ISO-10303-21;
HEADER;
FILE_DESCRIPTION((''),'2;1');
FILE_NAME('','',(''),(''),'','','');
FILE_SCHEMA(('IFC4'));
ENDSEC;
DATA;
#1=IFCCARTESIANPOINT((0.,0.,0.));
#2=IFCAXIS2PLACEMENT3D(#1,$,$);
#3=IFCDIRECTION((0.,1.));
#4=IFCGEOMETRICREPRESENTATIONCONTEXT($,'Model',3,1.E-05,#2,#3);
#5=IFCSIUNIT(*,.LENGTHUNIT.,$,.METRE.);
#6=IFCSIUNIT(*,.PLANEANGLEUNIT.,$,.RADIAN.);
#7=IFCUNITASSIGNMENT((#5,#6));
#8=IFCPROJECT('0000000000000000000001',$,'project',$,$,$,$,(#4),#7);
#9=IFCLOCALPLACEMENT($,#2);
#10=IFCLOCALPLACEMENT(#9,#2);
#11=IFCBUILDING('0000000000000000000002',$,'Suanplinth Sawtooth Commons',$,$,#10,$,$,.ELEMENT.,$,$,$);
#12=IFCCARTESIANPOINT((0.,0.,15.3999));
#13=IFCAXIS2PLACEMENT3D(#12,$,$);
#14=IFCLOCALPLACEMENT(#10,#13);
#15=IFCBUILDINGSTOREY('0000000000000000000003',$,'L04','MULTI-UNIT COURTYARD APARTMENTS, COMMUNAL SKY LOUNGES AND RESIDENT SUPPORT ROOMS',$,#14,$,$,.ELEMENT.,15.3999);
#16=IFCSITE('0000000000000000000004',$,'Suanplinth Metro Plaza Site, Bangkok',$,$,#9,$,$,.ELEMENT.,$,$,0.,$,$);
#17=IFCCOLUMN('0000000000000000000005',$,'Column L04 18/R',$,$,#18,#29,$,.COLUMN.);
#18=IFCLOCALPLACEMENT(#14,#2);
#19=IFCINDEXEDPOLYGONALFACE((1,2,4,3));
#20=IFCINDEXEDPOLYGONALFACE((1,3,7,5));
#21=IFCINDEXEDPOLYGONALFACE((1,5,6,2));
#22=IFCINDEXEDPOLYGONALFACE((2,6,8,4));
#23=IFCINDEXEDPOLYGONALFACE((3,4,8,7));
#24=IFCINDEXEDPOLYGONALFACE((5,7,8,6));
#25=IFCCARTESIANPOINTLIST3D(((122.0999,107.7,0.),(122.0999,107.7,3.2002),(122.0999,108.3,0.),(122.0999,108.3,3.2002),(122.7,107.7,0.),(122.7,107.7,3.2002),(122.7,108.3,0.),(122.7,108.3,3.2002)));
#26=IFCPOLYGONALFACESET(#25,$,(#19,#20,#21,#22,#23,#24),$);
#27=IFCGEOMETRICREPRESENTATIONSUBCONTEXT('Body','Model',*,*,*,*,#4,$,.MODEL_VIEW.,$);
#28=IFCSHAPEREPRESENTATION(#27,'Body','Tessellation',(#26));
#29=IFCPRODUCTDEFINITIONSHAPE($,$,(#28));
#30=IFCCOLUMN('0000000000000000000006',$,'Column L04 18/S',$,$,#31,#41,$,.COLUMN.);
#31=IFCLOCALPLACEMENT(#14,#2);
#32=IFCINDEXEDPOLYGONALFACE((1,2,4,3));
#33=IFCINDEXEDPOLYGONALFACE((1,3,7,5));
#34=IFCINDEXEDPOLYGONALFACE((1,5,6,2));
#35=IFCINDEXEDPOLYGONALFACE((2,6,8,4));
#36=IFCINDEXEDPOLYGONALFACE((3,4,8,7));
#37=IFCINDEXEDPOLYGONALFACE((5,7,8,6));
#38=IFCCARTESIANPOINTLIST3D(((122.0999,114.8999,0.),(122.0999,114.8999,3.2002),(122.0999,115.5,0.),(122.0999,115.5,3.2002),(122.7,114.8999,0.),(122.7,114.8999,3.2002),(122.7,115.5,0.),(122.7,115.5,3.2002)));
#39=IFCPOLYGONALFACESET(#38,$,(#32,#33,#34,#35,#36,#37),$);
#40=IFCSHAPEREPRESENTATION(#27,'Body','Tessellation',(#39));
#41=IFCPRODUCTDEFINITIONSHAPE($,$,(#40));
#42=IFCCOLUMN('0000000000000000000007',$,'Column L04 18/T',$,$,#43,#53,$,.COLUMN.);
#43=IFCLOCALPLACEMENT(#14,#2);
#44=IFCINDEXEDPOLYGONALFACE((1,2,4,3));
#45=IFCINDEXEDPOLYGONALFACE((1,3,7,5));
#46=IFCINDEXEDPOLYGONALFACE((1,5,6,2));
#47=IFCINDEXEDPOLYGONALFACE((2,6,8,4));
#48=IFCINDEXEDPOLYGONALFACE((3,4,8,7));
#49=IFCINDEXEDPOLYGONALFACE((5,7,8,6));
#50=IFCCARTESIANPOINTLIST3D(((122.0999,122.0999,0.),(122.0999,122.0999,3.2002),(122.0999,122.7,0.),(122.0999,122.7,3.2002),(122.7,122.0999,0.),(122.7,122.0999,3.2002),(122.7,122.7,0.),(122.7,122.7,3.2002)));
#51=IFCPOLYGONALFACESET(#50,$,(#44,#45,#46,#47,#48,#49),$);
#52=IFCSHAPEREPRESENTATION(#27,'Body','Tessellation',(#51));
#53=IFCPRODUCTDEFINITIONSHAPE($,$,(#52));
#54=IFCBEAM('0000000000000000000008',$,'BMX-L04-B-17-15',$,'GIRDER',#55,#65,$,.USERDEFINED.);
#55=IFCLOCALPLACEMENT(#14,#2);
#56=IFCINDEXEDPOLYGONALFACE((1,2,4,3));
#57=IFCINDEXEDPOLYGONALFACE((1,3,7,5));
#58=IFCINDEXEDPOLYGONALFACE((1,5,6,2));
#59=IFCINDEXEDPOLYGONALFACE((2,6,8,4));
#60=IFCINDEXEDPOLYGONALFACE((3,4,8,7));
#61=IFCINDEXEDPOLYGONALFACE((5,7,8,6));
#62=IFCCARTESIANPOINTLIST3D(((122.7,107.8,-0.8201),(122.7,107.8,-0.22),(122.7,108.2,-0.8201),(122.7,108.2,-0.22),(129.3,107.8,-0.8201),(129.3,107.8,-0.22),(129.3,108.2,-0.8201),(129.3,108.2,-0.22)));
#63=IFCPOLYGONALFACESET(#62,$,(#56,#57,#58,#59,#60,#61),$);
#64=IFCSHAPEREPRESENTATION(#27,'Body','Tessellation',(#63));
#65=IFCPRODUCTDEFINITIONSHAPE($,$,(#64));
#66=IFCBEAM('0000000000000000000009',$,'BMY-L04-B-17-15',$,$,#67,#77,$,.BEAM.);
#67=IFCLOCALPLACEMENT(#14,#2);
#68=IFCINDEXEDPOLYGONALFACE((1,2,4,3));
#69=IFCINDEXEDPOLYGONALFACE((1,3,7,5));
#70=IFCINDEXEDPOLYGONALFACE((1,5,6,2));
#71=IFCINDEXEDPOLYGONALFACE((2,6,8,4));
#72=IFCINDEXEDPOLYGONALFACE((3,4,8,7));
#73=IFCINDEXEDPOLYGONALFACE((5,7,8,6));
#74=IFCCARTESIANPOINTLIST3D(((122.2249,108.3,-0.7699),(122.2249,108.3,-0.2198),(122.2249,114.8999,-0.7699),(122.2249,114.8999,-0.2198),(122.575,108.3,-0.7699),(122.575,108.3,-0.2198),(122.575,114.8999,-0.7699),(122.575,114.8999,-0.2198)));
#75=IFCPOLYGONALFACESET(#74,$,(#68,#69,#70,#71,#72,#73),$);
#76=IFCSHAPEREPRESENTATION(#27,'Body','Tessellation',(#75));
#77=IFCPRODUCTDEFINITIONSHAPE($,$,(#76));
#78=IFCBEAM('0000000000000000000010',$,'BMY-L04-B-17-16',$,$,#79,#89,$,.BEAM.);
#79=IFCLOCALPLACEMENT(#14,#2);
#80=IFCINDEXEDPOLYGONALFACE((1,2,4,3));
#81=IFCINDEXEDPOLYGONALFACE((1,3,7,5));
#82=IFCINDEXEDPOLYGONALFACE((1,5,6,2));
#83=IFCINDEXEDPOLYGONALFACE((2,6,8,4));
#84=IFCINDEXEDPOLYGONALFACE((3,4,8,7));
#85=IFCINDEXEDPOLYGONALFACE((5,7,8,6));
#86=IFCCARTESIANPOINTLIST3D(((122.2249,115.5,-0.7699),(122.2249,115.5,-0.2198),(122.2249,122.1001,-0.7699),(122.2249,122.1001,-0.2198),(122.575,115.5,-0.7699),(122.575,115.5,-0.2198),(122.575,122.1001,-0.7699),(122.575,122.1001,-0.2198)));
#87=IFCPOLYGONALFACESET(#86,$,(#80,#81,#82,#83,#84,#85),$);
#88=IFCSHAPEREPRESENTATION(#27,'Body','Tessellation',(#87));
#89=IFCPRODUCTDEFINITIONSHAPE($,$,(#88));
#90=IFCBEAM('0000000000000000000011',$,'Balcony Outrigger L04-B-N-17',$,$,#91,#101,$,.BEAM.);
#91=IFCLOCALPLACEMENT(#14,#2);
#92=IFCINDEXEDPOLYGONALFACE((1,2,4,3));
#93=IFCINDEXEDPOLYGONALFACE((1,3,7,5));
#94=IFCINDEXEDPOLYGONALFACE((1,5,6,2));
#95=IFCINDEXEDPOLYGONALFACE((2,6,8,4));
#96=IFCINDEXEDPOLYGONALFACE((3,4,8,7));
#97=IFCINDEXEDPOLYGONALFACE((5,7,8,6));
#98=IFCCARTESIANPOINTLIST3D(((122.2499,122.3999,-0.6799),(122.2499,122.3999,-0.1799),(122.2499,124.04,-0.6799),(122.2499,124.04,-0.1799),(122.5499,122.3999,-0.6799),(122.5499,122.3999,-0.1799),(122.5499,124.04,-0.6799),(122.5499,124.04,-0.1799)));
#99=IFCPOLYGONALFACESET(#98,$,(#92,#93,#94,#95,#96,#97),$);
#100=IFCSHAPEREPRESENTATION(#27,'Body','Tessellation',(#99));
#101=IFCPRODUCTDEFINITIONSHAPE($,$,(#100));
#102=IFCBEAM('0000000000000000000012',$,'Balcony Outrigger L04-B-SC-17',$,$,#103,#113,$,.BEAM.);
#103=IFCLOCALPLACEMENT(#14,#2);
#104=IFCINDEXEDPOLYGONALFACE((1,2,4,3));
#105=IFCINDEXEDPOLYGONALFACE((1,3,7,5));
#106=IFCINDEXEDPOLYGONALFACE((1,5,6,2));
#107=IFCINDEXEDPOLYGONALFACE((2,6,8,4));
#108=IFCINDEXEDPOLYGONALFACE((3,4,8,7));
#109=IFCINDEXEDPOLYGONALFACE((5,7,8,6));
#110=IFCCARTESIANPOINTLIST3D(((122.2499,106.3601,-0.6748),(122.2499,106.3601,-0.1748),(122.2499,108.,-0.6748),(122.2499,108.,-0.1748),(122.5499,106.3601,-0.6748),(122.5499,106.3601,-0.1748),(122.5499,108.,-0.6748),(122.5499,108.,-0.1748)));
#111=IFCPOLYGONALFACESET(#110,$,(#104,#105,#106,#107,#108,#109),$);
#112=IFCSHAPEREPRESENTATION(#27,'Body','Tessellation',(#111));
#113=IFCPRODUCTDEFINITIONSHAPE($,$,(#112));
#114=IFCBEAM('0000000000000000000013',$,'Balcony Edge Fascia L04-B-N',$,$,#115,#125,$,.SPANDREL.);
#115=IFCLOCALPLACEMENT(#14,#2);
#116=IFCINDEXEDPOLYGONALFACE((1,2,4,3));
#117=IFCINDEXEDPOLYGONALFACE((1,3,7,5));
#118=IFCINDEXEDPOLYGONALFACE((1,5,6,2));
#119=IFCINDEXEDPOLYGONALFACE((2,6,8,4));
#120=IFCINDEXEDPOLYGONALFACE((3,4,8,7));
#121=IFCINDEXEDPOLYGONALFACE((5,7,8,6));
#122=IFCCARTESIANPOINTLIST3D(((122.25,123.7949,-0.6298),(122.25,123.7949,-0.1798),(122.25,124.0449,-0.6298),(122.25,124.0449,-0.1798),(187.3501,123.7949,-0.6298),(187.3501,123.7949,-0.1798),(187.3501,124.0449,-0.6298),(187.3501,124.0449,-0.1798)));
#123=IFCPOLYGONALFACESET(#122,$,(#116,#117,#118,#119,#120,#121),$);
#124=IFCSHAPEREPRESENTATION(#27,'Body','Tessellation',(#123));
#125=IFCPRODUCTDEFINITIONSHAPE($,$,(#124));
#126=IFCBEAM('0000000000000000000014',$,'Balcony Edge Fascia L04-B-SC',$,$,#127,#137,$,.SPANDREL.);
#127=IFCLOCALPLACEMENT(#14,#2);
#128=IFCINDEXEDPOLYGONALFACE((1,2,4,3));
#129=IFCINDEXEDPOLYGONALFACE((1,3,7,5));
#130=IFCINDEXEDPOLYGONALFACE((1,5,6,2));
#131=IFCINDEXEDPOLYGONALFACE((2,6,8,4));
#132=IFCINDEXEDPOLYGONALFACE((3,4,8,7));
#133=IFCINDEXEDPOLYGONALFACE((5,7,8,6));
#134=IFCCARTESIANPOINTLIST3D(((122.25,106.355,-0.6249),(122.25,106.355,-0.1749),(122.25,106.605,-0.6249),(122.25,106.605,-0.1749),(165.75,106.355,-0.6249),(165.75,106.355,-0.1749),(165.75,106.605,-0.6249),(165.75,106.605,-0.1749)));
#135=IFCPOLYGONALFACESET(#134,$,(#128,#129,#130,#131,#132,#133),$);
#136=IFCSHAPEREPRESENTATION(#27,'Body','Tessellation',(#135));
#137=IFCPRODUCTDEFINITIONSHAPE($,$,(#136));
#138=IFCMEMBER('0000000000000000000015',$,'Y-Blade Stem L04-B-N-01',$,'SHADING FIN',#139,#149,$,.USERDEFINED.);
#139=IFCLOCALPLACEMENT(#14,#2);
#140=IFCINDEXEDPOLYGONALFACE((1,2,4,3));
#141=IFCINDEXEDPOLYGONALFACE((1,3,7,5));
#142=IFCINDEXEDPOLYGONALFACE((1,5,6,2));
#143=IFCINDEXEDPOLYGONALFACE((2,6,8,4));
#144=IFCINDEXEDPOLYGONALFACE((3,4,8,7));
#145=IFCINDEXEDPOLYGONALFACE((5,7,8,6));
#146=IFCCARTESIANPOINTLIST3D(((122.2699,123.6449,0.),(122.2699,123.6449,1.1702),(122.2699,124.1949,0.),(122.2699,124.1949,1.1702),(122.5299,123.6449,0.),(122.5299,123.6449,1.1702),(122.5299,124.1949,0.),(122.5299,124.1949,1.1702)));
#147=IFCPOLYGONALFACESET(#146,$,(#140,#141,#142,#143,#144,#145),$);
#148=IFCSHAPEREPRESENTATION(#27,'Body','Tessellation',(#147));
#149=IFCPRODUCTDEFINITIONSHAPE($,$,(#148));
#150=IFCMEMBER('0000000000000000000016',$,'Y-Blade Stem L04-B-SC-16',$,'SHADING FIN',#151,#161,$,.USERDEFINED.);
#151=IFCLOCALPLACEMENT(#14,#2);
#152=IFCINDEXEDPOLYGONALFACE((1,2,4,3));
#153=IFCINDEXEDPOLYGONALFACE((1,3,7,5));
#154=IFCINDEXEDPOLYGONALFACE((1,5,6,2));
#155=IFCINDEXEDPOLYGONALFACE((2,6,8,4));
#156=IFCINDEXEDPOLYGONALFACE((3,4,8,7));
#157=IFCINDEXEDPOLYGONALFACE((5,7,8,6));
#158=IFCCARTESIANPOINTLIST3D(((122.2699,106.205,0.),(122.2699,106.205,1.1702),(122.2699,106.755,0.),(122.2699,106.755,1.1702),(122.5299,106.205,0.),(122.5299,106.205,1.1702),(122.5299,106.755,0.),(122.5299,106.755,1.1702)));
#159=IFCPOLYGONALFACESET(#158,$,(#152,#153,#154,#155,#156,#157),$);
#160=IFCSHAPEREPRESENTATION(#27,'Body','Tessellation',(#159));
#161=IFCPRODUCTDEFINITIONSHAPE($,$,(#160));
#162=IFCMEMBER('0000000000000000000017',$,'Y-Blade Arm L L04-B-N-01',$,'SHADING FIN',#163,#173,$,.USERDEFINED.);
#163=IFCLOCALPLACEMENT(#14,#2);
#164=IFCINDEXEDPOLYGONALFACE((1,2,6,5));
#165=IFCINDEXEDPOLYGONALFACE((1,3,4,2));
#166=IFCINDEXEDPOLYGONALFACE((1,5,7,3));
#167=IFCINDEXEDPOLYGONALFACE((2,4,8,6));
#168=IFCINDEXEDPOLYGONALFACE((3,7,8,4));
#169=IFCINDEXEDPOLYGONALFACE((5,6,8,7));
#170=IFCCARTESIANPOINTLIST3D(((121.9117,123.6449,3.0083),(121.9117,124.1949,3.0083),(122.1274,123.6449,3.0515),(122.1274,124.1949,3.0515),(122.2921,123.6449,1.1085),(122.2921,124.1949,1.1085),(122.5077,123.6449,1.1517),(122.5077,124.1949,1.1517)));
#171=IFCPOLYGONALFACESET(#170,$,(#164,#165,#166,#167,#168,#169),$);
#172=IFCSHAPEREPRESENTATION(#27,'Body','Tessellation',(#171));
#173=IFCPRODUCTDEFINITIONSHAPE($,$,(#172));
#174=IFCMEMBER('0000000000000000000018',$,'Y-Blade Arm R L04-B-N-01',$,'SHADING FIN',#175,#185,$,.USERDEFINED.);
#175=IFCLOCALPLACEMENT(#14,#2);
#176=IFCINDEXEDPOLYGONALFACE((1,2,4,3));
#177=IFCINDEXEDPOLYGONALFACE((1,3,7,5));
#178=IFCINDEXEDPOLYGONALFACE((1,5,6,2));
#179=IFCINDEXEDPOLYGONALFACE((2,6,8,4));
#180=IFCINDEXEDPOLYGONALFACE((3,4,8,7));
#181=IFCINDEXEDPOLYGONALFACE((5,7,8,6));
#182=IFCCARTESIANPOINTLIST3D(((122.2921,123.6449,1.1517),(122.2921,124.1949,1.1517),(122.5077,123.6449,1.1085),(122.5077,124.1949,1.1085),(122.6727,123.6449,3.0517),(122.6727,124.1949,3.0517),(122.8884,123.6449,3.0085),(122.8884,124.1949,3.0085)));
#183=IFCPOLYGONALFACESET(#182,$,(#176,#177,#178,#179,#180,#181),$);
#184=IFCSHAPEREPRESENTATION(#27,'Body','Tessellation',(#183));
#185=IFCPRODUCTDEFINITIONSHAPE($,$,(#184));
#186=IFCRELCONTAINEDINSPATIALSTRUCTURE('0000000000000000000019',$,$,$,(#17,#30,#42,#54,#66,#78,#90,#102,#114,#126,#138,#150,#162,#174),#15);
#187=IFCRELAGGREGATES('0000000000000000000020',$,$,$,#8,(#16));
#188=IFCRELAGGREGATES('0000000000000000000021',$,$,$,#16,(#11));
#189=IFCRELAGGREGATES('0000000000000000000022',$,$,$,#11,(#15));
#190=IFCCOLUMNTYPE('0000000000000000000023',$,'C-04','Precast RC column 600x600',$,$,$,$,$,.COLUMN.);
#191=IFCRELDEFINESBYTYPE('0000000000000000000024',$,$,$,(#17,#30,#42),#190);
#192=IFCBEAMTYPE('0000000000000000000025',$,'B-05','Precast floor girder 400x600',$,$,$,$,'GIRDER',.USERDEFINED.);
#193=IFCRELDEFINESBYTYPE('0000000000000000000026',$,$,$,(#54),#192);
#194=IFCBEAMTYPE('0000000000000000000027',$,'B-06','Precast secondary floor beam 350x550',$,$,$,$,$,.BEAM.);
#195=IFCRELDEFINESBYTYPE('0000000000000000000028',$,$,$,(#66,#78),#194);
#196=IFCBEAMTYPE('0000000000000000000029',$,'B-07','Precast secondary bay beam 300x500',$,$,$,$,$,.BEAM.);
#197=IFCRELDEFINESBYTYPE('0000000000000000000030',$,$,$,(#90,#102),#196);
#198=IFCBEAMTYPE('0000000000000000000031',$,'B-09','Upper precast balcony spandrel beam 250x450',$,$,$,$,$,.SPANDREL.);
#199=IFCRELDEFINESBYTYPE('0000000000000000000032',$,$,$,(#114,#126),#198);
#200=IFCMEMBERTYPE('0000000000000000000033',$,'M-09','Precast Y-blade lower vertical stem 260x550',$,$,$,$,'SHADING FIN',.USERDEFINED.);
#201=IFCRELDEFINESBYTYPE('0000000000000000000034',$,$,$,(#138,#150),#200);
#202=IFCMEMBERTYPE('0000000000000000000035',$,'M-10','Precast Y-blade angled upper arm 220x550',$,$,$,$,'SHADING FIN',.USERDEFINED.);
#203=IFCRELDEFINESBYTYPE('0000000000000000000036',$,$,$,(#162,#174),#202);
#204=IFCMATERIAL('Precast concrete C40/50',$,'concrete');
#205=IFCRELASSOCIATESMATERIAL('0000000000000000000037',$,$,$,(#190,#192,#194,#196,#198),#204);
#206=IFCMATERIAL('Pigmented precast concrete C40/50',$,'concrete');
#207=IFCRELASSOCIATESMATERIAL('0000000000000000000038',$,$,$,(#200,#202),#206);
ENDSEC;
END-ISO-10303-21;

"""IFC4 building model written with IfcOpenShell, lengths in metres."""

from ifc_helpers import new_model, si_unit, direction, frame, origin, origin_2d, place, context, subcontext, project, spatial, rectangle, extrude, material, material_profile, profile_set, type_object, element, save


model = new_model("IFC4")

# Units and contexts
model_context = context("Model", 3, precision=1e-05, world=origin(), true_north=direction((0.0, 1.0)))
body_context = subcontext(model_context, "Body", "Model", "MODEL_VIEW")
ifc_project = project(units=[si_unit("LENGTHUNIT", "METRE"), si_unit("PLANEANGLEUNIT", "RADIAN")], contexts=[model_context])

# Site, building, storey
site_placement = place(None, origin())
site = spatial("IfcSite", under=ifc_project, at=site_placement, Name="Suanplinth Metro Plaza Site, Bangkok", CompositionType="ELEMENT", RefElevation=0.0)
building_placement = place(site_placement, origin())
building = spatial("IfcBuilding", under=site, at=building_placement, Name="Suanplinth Sawtooth Commons", CompositionType="ELEMENT")
storey_placement = place(building_placement, frame((0.0, 0.0, 15.3999)))
storey = spatial("IfcBuildingStorey", under=building, at=storey_placement, Name="L04", Description="MULTI-UNIT COURTYARD APARTMENTS, COMMUNAL SKY LOUNGES AND RESIDENT SUPPORT ROOMS", CompositionType="ELEMENT", Elevation=15.3999)

# Columns
ifc_material_1 = material(Name="Precast concrete C40/50", Category="concrete")
ifc_material_profile_1 = material_profile(ifc_material_1, rectangle(XDim=0.6001, YDim=0.6001, at=origin_2d()), Name="PC-COL 600x600")
ifc_profile_set_1 = profile_set([ifc_material_profile_1], Name="Precast concrete C40/50")
column_type = type_object("IfcColumnType", Name="C-04", Description="Precast RC column 600x600", PredefinedType="COLUMN", material=ifc_profile_set_1)
for number, where, z_axis, x_axis, name in (
    (1, (122.3999, 108.0, 0.0), (0.0, 0.0, 1.0), (1.0, 0.0, 0.0), "Column L04 18/R"),
    (2, (122.3999, 115.2, 0.0), (0.0, 0.0, 1.0), (1.0, 0.0, 0.0), "Column L04 18/S"),
    (3, (122.3999, 122.3999, 0.0), (0.0, 0.0, 1.0), (1.0, 0.0, 0.0), "Column L04 18/T"),
):
    element("IfcColumn", number, at=place(storey_placement, frame(where, z_axis=z_axis, x_axis=x_axis)), inside=storey, type_object=column_type, Name=name, PredefinedType="COLUMN", context=body_context, shape_type="SweptSolid", body=[
        extrude(rectangle(XDim=0.6001, YDim=0.6001, at=origin_2d()), origin(), (0.0, 0.0, 1.0), 3.2002),
    ])

# Beams
ifc_material_profile_2 = material_profile(ifc_material_1, rectangle(XDim=0.3999, YDim=0.6001, at=origin_2d()), Name="PC-GDR 400x600")
ifc_profile_set_2 = profile_set([ifc_material_profile_2], Name="Precast concrete C40/50")
beam_type_1 = type_object("IfcBeamType", Name="B-05", Description="Precast floor girder 400x600", ElementType="GIRDER", PredefinedType="USERDEFINED", material=ifc_profile_set_2)
beam_1_placement = place(storey_placement, frame((122.7, 108.0, -0.52), z_axis=(1.0, 0.0, 0.0), x_axis=(0.0, 1.0, 0.0)))
element("IfcBeam", 4, at=beam_1_placement, inside=storey, type_object=beam_type_1, Name="BMX-L04-B-17-15", ObjectType="GIRDER", PredefinedType="USERDEFINED", context=body_context, shape_type="SweptSolid", body=[
    extrude(rectangle(XDim=0.3999, YDim=0.6001, at=origin_2d()), origin(), (0.0, 0.0, 1.0), 6.6001),
])
ifc_material_profile_3 = material_profile(ifc_material_1, rectangle(XDim=0.3501, YDim=0.55, at=origin_2d()), Name="PC-BM 350x550")
ifc_profile_set_3 = profile_set([ifc_material_profile_3], Name="Precast concrete C40/50")
beam_type_2 = type_object("IfcBeamType", Name="B-06", Description="Precast secondary floor beam 350x550", PredefinedType="BEAM", material=ifc_profile_set_3)
beam_2_placement = place(storey_placement, frame((122.3999, 108.3, -0.4949), z_axis=(0.0, 1.0, 0.0), x_axis=(-1.0, 0.0, 0.0)))
element("IfcBeam", 5, at=beam_2_placement, inside=storey, type_object=beam_type_2, Name="BMY-L04-B-17-15", PredefinedType="BEAM", context=body_context, shape_type="SweptSolid", body=[
    extrude(rectangle(XDim=0.3501, YDim=0.55, at=origin_2d()), origin(), (0.0, 0.0, 1.0), 6.5999),
])
beam_3_placement = place(storey_placement, frame((122.3999, 115.5, -0.4949), z_axis=(0.0, 1.0, 0.0), x_axis=(-1.0, 0.0, 0.0)))
element("IfcBeam", 6, at=beam_3_placement, inside=storey, type_object=beam_type_2, Name="BMY-L04-B-17-16", PredefinedType="BEAM", context=body_context, shape_type="SweptSolid", body=[
    extrude(rectangle(XDim=0.3501, YDim=0.55, at=origin_2d()), origin(), (0.0, 0.0, 1.0), 6.6001),
])
ifc_material_profile_4 = material_profile(ifc_material_1, rectangle(XDim=0.3, YDim=0.5, at=origin_2d()), Name="PC-BM 300x500")
ifc_profile_set_4 = profile_set([ifc_material_profile_4], Name="Precast concrete C40/50")
beam_type_3 = type_object("IfcBeamType", Name="B-07", Description="Precast secondary bay beam 300x500", PredefinedType="BEAM", material=ifc_profile_set_4)
beam_4_placement = place(storey_placement, frame((122.3999, 122.3999, -0.4299), z_axis=(0.0, 1.0, 0.0), x_axis=(-1.0, 0.0, 0.0)))
element("IfcBeam", 7, at=beam_4_placement, inside=storey, type_object=beam_type_3, Name="Balcony Outrigger L04-B-N-17", PredefinedType="BEAM", context=body_context, shape_type="SweptSolid", body=[
    extrude(rectangle(XDim=0.3, YDim=0.5, at=origin_2d()), origin(), (0.0, 0.0, 1.0), 1.6401),
])
beam_5_placement = place(storey_placement, frame((122.3999, 108.0, -0.4248), z_axis=(0.0, -1.0, 0.0), x_axis=(1.0, 0.0, 0.0)))
element("IfcBeam", 8, at=beam_5_placement, inside=storey, type_object=beam_type_3, Name="Balcony Outrigger L04-B-SC-17", PredefinedType="BEAM", context=body_context, shape_type="SweptSolid", body=[
    extrude(rectangle(XDim=0.3, YDim=0.5, at=origin_2d()), origin(), (0.0, 0.0, 1.0), 1.6399),
])
ifc_material_profile_5 = material_profile(ifc_material_1, rectangle(XDim=0.25, YDim=0.45, at=origin_2d()), Name="PC-SP 250x450")
ifc_profile_set_5 = profile_set([ifc_material_profile_5], Name="Precast concrete C40/50")
beam_type_4 = type_object("IfcBeamType", Name="B-09", Description="Upper precast balcony spandrel beam 250x450", PredefinedType="SPANDREL", material=ifc_profile_set_5)
beam_6_placement = place(storey_placement, frame((122.25, 123.9199, -0.4048), z_axis=(1.0, 0.0, 0.0), x_axis=(0.0, 1.0, 0.0)))
element("IfcBeam", 9, at=beam_6_placement, inside=storey, type_object=beam_type_4, Name="Balcony Edge Fascia L04-B-N", PredefinedType="SPANDREL", context=body_context, shape_type="SweptSolid", body=[
    extrude(rectangle(XDim=0.25, YDim=0.45, at=origin_2d()), origin(), (0.0, 0.0, 1.0), 65.1001),
])
beam_7_placement = place(storey_placement, frame((122.25, 106.48, -0.3999), z_axis=(1.0, 0.0, 0.0), x_axis=(0.0, 1.0, 0.0)))
element("IfcBeam", 10, at=beam_7_placement, inside=storey, type_object=beam_type_4, Name="Balcony Edge Fascia L04-B-SC", PredefinedType="SPANDREL", context=body_context, shape_type="SweptSolid", body=[
    extrude(rectangle(XDim=0.25, YDim=0.45, at=origin_2d()), origin(), (0.0, 0.0, 1.0), 43.5),
])

# Members
ifc_material_2 = material(Name="Pigmented precast concrete C40/50", Category="concrete")
ifc_material_profile_6 = material_profile(ifc_material_2, rectangle(XDim=0.26, YDim=0.55, at=origin_2d()), Name="PC-FIN 260x550")
ifc_profile_set_6 = profile_set([ifc_material_profile_6], Name="Pigmented precast concrete C40/50")
member_type_1 = type_object("IfcMemberType", Name="M-09", Description="Precast Y-blade lower vertical stem 260x550", ElementType="SHADING FIN", PredefinedType="USERDEFINED", material=ifc_profile_set_6)
for number, where, z_axis, x_axis, name in (
    (11, (122.3999, 123.9199, 0.0), (0.0, 0.0, 1.0), (1.0, 0.0, 0.0), "Y-Blade Stem L04-B-N-01"),
    (12, (122.3999, 106.48, 0.0), (0.0, 0.0, 1.0), (1.0, 0.0, 0.0), "Y-Blade Stem L04-B-SC-16"),
):
    element("IfcMember", number, at=place(storey_placement, frame(where, z_axis=z_axis, x_axis=x_axis)), inside=storey, type_object=member_type_1, Name=name, ObjectType="SHADING FIN", PredefinedType="USERDEFINED", context=body_context, shape_type="SweptSolid", body=[
        extrude(rectangle(XDim=0.26, YDim=0.55, at=origin_2d()), origin(), (0.0, 0.0, 1.0), 1.1702),
    ])
ifc_material_profile_7 = material_profile(ifc_material_2, rectangle(XDim=0.22, YDim=0.55, at=origin_2d()), Name="PC-FIN 220x550")
ifc_profile_set_7 = profile_set([ifc_material_profile_7], Name="Pigmented precast concrete C40/50")
member_type_2 = type_object("IfcMemberType", Name="M-10", Description="Precast Y-blade angled upper arm 220x550", ElementType="SHADING FIN", PredefinedType="USERDEFINED", material=ifc_profile_set_7)
member_1_placement = place(storey_placement, frame((122.3999, 123.9199, 1.1301), z_axis=(-0.19631, 0.0, 0.980542), x_axis=(0.980542, 0.0, 0.19631)))
element("IfcMember", 13, at=member_1_placement, inside=storey, type_object=member_type_2, Name="Y-Blade Arm L L04-B-N-01", ObjectType="SHADING FIN", PredefinedType="USERDEFINED", context=body_context, shape_type="SweptSolid", body=[
    extrude(rectangle(XDim=0.22, YDim=0.55, at=origin_2d()), origin(), (0.0, 0.0, 1.0), 1.9375),
])
member_2_placement = place(storey_placement, frame((122.3999, 123.9199, 1.1301), z_axis=(0.196431, 0.0, 0.980518), x_axis=(-0.980518, 0.0, 0.196431)))
element("IfcMember", 14, at=member_2_placement, inside=storey, type_object=member_type_2, Name="Y-Blade Arm R L04-B-N-01", ObjectType="SHADING FIN", PredefinedType="USERDEFINED", context=body_context, shape_type="SweptSolid", body=[
    extrude(rectangle(XDim=0.22, YDim=0.55, at=origin_2d()), origin(), (0.0, 0.0, 1.0), 1.9377),
])

save(model, "model.ifc")
